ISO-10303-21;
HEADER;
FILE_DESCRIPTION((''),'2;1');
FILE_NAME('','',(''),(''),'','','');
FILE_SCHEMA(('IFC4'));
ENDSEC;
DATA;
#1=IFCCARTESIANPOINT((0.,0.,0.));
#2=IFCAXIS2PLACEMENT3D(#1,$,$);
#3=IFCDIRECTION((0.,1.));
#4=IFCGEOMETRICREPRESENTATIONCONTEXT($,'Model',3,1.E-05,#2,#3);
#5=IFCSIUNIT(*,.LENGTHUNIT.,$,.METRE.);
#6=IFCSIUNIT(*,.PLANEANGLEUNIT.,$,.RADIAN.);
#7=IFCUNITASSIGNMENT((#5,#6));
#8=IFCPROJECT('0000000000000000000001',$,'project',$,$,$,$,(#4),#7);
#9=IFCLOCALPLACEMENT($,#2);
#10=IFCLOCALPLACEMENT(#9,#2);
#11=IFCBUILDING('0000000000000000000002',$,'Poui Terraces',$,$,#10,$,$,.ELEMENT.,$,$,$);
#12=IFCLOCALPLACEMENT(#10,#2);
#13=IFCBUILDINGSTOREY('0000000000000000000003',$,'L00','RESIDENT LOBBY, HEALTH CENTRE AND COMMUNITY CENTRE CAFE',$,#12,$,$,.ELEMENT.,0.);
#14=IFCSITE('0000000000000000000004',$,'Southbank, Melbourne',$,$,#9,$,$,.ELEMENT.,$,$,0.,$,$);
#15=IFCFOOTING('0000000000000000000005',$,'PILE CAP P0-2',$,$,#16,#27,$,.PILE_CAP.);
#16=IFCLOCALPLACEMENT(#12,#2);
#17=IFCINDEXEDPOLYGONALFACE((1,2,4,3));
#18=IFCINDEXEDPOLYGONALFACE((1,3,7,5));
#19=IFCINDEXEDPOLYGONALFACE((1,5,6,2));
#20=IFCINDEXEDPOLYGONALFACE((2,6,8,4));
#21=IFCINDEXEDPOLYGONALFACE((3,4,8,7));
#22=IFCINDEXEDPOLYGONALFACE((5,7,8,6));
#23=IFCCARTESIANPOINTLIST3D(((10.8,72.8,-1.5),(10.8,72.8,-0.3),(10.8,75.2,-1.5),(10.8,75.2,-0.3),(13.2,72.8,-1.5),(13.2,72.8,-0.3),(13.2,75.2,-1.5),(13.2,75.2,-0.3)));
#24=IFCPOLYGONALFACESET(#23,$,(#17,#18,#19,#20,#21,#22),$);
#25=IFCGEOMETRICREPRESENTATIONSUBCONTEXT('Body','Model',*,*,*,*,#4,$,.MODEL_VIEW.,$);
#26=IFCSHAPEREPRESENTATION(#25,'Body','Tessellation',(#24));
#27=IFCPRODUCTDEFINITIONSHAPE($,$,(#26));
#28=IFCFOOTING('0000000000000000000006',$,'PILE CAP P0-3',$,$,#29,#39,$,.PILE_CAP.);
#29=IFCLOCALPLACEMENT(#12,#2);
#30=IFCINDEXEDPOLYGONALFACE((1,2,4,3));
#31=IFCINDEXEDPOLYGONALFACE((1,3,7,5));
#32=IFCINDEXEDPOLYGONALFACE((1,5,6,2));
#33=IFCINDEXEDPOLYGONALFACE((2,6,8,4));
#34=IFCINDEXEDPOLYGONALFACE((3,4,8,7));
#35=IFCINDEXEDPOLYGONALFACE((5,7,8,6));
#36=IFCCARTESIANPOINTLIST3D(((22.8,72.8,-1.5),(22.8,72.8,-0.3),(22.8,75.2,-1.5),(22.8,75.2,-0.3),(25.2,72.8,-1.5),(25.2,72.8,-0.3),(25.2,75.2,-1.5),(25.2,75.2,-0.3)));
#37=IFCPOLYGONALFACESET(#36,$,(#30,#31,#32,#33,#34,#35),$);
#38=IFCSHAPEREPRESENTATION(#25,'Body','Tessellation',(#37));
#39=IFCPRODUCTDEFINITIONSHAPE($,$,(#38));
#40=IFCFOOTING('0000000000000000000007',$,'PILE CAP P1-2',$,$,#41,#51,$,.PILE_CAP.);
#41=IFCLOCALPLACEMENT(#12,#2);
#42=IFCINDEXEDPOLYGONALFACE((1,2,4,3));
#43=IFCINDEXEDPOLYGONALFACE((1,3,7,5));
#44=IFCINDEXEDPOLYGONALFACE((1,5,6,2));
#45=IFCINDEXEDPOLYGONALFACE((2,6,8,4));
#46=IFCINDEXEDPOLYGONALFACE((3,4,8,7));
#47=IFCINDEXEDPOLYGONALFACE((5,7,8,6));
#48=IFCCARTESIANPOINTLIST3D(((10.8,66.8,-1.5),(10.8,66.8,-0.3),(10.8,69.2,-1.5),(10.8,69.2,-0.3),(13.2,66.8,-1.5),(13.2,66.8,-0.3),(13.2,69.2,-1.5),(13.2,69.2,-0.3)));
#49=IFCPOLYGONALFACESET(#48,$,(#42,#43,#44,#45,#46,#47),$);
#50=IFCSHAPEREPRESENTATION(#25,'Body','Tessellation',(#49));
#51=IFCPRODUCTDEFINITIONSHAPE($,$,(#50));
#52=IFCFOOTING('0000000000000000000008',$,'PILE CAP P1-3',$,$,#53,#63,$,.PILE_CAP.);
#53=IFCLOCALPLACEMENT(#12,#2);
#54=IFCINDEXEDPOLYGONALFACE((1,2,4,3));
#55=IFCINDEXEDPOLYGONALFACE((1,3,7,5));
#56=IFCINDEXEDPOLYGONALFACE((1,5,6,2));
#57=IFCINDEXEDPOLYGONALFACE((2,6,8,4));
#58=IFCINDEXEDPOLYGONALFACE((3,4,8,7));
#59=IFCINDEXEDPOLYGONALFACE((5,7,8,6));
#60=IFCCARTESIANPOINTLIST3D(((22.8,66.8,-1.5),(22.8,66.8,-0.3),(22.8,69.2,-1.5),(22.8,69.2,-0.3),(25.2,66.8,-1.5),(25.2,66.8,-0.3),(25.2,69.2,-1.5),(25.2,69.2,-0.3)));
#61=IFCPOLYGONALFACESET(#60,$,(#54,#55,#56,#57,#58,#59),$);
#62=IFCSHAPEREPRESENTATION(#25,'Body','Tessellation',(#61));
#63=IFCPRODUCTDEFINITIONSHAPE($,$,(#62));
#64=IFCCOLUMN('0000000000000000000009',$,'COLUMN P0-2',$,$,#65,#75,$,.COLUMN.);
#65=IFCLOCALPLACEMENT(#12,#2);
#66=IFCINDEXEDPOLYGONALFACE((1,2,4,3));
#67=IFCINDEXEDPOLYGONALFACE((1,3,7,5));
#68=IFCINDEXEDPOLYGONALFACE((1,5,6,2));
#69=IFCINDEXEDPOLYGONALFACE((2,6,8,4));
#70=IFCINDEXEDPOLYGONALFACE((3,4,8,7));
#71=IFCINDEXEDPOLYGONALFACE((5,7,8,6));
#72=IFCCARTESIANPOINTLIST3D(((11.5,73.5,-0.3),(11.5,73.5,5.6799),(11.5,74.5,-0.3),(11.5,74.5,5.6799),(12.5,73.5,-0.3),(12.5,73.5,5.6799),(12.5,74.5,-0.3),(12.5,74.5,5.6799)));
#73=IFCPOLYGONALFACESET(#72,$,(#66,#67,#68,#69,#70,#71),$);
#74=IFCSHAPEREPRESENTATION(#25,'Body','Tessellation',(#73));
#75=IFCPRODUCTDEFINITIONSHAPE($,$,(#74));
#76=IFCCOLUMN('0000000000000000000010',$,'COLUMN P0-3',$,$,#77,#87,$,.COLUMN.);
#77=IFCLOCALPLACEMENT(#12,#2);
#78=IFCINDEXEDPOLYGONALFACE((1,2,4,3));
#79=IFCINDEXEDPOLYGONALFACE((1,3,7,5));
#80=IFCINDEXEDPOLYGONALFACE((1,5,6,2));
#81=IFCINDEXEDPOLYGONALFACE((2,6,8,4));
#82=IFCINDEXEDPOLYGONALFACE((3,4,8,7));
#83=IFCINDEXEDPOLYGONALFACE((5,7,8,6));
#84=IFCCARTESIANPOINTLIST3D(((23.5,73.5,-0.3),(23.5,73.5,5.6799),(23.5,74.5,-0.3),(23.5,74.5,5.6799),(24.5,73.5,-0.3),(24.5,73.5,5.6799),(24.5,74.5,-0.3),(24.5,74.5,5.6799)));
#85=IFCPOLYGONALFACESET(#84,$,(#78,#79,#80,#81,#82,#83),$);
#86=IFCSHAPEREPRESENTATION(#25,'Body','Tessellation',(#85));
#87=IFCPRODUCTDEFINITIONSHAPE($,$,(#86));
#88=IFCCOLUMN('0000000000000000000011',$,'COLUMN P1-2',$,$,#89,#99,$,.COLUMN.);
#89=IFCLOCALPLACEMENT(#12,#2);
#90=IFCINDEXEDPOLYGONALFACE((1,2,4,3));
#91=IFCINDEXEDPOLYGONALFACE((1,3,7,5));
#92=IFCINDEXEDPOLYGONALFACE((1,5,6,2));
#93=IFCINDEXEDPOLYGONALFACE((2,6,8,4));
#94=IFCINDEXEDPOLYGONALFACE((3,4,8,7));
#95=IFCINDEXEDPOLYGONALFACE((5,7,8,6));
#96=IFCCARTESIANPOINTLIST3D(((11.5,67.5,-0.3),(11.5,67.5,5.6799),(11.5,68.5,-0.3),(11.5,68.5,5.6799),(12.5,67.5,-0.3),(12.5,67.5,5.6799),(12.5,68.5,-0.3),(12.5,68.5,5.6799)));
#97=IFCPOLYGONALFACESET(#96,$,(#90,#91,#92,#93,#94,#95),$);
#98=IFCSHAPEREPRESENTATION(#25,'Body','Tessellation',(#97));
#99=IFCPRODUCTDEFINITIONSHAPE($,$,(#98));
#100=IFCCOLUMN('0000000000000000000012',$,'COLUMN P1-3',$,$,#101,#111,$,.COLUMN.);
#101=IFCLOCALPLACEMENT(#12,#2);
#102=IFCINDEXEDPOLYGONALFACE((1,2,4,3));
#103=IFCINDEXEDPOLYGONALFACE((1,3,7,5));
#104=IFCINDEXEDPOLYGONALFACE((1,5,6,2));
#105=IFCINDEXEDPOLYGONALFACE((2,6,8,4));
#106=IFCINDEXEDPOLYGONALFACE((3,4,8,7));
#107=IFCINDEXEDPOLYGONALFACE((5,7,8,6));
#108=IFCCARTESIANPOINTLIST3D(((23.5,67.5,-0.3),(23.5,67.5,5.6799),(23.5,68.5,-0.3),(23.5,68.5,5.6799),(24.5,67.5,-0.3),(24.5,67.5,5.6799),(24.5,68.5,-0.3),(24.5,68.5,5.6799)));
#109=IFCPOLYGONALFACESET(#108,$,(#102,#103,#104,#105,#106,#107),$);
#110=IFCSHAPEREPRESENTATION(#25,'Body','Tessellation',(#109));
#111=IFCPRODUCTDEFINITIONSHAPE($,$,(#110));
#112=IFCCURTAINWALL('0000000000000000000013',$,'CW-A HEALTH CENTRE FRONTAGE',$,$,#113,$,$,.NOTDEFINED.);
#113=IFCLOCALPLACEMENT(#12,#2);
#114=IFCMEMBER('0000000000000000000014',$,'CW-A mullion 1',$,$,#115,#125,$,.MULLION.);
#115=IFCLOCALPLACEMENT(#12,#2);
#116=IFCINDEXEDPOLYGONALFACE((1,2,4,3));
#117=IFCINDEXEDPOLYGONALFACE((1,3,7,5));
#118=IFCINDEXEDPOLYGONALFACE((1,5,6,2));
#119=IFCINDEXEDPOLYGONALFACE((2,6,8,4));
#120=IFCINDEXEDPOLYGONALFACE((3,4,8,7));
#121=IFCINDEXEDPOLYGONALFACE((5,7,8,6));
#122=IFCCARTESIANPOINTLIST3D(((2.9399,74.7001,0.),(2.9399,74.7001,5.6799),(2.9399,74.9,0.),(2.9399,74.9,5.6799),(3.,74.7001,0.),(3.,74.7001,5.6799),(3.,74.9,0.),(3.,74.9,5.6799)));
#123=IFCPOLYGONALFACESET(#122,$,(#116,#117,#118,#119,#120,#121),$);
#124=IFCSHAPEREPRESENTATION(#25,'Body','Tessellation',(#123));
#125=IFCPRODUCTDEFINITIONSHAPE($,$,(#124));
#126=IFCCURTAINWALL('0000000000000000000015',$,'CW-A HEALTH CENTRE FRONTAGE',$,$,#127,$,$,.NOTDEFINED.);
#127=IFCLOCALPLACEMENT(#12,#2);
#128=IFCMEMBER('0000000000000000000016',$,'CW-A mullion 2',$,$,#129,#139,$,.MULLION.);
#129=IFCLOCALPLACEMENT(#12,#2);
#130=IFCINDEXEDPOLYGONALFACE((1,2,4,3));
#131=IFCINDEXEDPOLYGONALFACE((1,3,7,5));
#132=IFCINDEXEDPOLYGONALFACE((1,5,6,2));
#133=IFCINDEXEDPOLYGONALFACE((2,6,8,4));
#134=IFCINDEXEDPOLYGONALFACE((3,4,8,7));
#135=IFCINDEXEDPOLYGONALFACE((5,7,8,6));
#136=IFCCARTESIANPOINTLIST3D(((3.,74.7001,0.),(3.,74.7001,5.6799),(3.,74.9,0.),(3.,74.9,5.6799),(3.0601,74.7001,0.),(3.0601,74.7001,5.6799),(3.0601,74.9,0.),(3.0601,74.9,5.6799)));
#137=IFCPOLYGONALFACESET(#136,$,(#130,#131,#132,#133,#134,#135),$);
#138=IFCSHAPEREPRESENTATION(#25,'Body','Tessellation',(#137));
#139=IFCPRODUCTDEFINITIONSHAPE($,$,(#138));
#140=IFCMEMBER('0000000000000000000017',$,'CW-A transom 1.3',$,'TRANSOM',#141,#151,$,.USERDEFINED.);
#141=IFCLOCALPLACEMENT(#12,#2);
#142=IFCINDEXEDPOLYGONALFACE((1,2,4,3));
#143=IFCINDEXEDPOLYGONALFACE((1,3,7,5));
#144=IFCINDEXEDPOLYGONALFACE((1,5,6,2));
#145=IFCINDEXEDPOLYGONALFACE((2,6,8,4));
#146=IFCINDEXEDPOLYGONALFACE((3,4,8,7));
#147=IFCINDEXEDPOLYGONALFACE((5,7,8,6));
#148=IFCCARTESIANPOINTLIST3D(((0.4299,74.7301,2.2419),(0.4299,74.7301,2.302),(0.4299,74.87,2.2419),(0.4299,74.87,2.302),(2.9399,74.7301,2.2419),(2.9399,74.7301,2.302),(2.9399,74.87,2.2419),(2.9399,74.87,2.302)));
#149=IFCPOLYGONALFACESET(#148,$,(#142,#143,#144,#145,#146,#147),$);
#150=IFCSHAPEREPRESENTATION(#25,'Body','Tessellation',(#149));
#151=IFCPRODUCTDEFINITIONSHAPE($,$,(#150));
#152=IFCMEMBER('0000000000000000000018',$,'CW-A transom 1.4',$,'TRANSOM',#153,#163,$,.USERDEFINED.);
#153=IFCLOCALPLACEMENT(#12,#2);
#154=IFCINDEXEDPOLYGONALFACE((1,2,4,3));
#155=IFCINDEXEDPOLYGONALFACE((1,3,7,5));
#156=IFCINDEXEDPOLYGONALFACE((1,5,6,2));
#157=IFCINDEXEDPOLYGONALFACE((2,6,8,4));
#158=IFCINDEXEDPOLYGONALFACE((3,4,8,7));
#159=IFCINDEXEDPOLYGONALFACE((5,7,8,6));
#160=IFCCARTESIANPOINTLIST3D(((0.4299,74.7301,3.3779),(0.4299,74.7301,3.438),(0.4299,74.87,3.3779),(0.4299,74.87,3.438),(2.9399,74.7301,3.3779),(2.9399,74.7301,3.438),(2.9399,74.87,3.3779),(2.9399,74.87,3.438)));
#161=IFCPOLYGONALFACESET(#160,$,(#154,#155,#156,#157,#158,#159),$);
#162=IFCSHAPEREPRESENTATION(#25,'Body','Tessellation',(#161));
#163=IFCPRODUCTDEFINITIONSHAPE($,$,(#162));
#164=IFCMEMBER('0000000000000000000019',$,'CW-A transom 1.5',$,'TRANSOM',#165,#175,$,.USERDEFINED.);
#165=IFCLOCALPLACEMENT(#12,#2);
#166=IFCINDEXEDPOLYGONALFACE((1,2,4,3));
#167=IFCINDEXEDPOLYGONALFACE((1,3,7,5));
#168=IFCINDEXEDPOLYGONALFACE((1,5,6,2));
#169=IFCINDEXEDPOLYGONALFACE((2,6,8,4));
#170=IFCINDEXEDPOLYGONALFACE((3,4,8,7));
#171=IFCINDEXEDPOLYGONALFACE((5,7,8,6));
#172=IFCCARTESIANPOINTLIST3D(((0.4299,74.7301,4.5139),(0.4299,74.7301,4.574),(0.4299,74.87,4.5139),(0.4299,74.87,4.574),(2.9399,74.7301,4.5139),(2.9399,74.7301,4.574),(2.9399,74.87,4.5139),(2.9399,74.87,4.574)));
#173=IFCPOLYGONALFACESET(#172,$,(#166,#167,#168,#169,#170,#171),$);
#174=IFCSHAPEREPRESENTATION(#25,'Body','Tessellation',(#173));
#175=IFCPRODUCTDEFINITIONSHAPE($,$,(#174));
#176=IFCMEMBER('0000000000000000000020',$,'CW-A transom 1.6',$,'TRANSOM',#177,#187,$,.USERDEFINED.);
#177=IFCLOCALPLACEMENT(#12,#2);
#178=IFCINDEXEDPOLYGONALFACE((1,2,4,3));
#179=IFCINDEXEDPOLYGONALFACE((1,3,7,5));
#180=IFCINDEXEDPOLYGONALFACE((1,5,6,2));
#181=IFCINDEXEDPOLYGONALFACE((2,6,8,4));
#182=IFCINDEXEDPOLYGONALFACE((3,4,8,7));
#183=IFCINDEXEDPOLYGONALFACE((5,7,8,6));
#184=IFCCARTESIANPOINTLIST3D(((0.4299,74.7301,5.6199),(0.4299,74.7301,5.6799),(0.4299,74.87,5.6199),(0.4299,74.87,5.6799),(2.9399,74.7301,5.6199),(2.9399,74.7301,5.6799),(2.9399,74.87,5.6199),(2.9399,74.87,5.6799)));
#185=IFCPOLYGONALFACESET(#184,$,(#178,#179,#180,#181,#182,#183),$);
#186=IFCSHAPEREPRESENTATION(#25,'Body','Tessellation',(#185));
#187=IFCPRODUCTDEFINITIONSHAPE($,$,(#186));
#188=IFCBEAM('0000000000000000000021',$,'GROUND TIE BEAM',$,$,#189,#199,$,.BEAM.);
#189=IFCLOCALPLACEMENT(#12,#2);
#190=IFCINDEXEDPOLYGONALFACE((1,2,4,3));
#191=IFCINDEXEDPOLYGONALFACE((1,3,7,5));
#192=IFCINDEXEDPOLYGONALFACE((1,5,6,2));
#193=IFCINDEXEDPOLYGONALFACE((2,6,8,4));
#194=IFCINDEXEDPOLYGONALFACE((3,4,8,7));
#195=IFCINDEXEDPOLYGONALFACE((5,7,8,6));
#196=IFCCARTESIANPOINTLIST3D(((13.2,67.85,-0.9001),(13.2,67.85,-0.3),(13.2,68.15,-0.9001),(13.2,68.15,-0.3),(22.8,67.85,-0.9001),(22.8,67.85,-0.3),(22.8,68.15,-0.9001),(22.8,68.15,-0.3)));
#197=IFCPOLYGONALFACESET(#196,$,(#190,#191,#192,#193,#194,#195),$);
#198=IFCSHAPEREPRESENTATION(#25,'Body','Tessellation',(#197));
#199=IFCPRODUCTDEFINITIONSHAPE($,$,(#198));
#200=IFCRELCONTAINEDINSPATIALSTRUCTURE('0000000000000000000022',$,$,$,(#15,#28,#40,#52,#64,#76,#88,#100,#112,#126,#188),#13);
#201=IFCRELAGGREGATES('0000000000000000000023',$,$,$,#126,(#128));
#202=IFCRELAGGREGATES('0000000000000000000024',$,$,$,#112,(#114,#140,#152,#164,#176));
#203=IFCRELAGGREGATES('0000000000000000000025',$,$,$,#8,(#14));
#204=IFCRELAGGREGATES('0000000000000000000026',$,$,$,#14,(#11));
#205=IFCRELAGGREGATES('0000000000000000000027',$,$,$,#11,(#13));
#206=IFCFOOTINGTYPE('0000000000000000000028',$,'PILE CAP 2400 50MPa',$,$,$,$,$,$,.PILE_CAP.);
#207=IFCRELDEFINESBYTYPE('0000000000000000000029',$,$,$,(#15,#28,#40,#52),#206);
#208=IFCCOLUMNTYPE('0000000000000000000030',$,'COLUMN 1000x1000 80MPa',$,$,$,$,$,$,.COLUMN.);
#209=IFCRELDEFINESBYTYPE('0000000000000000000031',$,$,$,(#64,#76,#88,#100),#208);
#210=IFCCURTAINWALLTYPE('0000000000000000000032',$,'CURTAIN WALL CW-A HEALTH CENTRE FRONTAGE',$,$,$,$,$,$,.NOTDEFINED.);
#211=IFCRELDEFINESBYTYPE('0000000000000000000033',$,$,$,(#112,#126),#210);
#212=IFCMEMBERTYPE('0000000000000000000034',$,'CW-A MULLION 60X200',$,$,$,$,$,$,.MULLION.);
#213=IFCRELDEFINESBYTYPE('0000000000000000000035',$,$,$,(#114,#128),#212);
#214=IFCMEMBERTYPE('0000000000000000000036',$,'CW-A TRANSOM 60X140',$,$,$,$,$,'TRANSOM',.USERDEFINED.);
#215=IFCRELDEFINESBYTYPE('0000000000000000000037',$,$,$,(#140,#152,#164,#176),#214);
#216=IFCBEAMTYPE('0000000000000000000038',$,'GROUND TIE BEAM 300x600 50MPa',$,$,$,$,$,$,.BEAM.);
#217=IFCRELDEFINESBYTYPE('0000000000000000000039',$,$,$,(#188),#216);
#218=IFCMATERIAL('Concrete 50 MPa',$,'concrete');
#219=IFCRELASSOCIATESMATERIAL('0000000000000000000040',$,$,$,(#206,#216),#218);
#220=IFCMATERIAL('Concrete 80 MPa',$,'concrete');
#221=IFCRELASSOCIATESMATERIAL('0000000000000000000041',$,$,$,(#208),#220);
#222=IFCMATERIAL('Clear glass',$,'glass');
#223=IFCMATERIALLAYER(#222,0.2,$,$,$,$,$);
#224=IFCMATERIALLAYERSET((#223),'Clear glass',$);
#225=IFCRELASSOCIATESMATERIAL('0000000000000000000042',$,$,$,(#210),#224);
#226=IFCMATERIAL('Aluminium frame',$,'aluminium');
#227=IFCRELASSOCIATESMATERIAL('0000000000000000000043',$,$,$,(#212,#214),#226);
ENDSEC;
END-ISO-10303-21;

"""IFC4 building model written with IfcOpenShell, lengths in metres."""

from ifc_helpers import new_model, si_unit, direction, frame, origin, origin_2d, place, context, subcontext, project, spatial, rectangle, extrude, source, transform, mapped, material, layer, layer_set, material_profile, profile_set, type_object, element, aggregate, save


model = new_model("IFC4")

# Units and contexts
model_context = context("Model", 3, precision=1e-05, world=origin(), true_north=direction((0.0, 1.0)))
body_context = subcontext(model_context, "Body", "Model", "MODEL_VIEW")
ifc_project = project(units=[si_unit("LENGTHUNIT", "METRE"), si_unit("PLANEANGLEUNIT", "RADIAN")], contexts=[model_context])

# Site, building, storey
site_placement = place(None, origin())
site = spatial("IfcSite", under=ifc_project, at=site_placement, Name="Southbank, Melbourne", CompositionType="ELEMENT", RefElevation=0.0)
building_placement = place(site_placement, origin())
building = spatial("IfcBuilding", under=site, at=building_placement, Name="Poui Terraces", CompositionType="ELEMENT")
storey_placement = place(building_placement, origin())
storey = spatial("IfcBuildingStorey", under=building, at=storey_placement, Name="L00", Description="RESIDENT LOBBY, HEALTH CENTRE AND COMMUNITY CENTRE CAFE", CompositionType="ELEMENT", Elevation=0.0)

# Shared definitions
ifc_material_1 = material(Name="Concrete 50 MPa", Category="concrete")

# Footings
footing_type = type_object("IfcFootingType", Name="PILE CAP 2400 50MPa", PredefinedType="PILE_CAP", material=ifc_material_1)
shared_shape_1 = source(origin(), body_context, "Body", "SweptSolid", [
    extrude(rectangle(XDim=2.3999, YDim=2.3999, at=origin_2d()), origin(), (0.0, 0.0, 1.0), 1.2),
])
for number, where, z_axis, x_axis, name in (
    (1, (12.0, 74.0, -1.5), (0.0, 0.0, 1.0), (1.0, 0.0, 0.0), "PILE CAP P0-2"),
    (2, (24.0, 74.0, -1.5), (0.0, 0.0, 1.0), (1.0, 0.0, 0.0), "PILE CAP P0-3"),
    (3, (12.0, 68.0, -1.5), (0.0, 0.0, 1.0), (1.0, 0.0, 0.0), "PILE CAP P1-2"),
    (4, (24.0, 68.0, -1.5), (0.0, 0.0, 1.0), (1.0, 0.0, 0.0), "PILE CAP P1-3"),
):
    element("IfcFooting", number, at=place(storey_placement, frame(where, z_axis=z_axis, x_axis=x_axis)), inside=storey, type_object=footing_type, Name=name, PredefinedType="PILE_CAP", context=body_context, shape_type="MappedRepresentation", body=[
        mapped(shared_shape_1, transform((0.0, 0.0, 0.0))),
    ])

# Columns
ifc_material_2 = material(Name="Concrete 80 MPa", Category="concrete")
ifc_material_profile_1 = material_profile(ifc_material_2, rectangle(XDim=1.0, YDim=1.0, at=origin_2d()), Name="RC 1000x1000")
ifc_profile_set_1 = profile_set([ifc_material_profile_1], Name="Concrete 80 MPa")
column_type = type_object("IfcColumnType", Name="COLUMN 1000x1000 80MPa", PredefinedType="COLUMN", material=ifc_profile_set_1)
shared_shape_2 = source(origin(), body_context, "Body", "SweptSolid", [
    extrude(rectangle(XDim=1.0, YDim=1.0, at=origin_2d()), origin(), (0.0, 0.0, 1.0), 5.98),
])
for number, where, z_axis, x_axis, name in (
    (5, (12.0, 74.0, -0.3), (0.0, 0.0, 1.0), (1.0, 0.0, 0.0), "COLUMN P0-2"),
    (6, (24.0, 74.0, -0.3), (0.0, 0.0, 1.0), (1.0, 0.0, 0.0), "COLUMN P0-3"),
    (7, (12.0, 68.0, -0.3), (0.0, 0.0, 1.0), (1.0, 0.0, 0.0), "COLUMN P1-2"),
    (8, (24.0, 68.0, -0.3), (0.0, 0.0, 1.0), (1.0, 0.0, 0.0), "COLUMN P1-3"),
):
    element("IfcColumn", number, at=place(storey_placement, frame(where, z_axis=z_axis, x_axis=x_axis)), inside=storey, type_object=column_type, Name=name, PredefinedType="COLUMN", context=body_context, shape_type="MappedRepresentation", body=[
        mapped(shared_shape_2, transform((0.0, 0.0, 0.0))),
    ])

# Curtain walls, members
ifc_material_3 = material(Name="Clear glass", Category="glass")
ifc_layer = layer(ifc_material_3, 0.2)
ifc_layer_set = layer_set([ifc_layer], Name="Clear glass")
curtain_wall_type = type_object("IfcCurtainWallType", Name="CURTAIN WALL CW-A HEALTH CENTRE FRONTAGE", PredefinedType="NOTDEFINED", material=ifc_layer_set)
curtain_wall_1_placement = place(storey_placement, origin())
curtain_wall_1 = element("IfcCurtainWall", 9, at=curtain_wall_1_placement, inside=storey, type_object=curtain_wall_type, Name="CW-A HEALTH CENTRE FRONTAGE", PredefinedType="NOTDEFINED")
ifc_material_4 = material(Name="Aluminium frame", Category="aluminium")
ifc_material_profile_2 = material_profile(ifc_material_4, rectangle(XDim=0.2, YDim=0.0601, at=origin_2d()), Name="CW-A MULLION 60X200")
ifc_profile_set_2 = profile_set([ifc_material_profile_2], Name="Aluminium frame")
member_type_1 = type_object("IfcMemberType", Name="CW-A MULLION 60X200", PredefinedType="MULLION", material=ifc_profile_set_2)
member_1_placement = place(storey_placement, frame((2.97, 74.8, 0.0), z_axis=(0.0, 0.0, 1.0), x_axis=(0.0, -1.0, 0.0)))
member_1 = element("IfcMember", 10, at=member_1_placement, type_object=member_type_1, Name="CW-A mullion 1", PredefinedType="MULLION", context=body_context, shape_type="SweptSolid", body=[
    extrude(rectangle(XDim=0.2, YDim=0.0601, at=origin_2d()), origin(), (0.0, 0.0, 1.0), 5.6799),
])
curtain_wall_2_placement = place(storey_placement, origin())
curtain_wall_2 = element("IfcCurtainWall", 11, at=curtain_wall_2_placement, inside=storey, type_object=curtain_wall_type, Name="CW-A HEALTH CENTRE FRONTAGE", PredefinedType="NOTDEFINED")
member_2_placement = place(storey_placement, frame((3.03, 74.8, 0.0), z_axis=(0.0, 0.0, 1.0), x_axis=(0.0, -1.0, 0.0)))
member_2 = element("IfcMember", 12, at=member_2_placement, type_object=member_type_1, Name="CW-A mullion 2", PredefinedType="MULLION", context=body_context, shape_type="SweptSolid", body=[
    extrude(rectangle(XDim=0.2, YDim=0.0601, at=origin_2d()), origin(), (0.0, 0.0, 1.0), 5.6799),
])
aggregate(curtain_wall_2, [member_2])

# Members
ifc_material_profile_3 = material_profile(ifc_material_4, rectangle(XDim=0.1399, YDim=0.0601, at=origin_2d()), Name="CW-A TRANSOM 60X140")
ifc_profile_set_3 = profile_set([ifc_material_profile_3], Name="Aluminium frame")
member_type_2 = type_object("IfcMemberType", Name="CW-A TRANSOM 60X140", ElementType="TRANSOM", PredefinedType="USERDEFINED", material=ifc_profile_set_3)
member_3_placement = place(storey_placement, frame((2.9399, 74.8, 2.272), z_axis=(-1.0, 0.0, 0.0), x_axis=(0.0, -1.0, 0.0)))
member_3 = element("IfcMember", 13, at=member_3_placement, type_object=member_type_2, Name="CW-A transom 1.3", ObjectType="TRANSOM", PredefinedType="USERDEFINED", context=body_context, shape_type="SweptSolid", body=[
    extrude(rectangle(XDim=0.1399, YDim=0.0601, at=origin_2d()), origin(), (0.0, 0.0, 1.0), 2.51),
])
member_4_placement = place(storey_placement, frame((2.9399, 74.8, 3.408), z_axis=(-1.0, 0.0, 0.0), x_axis=(0.0, -1.0, 0.0)))
member_4 = element("IfcMember", 14, at=member_4_placement, type_object=member_type_2, Name="CW-A transom 1.4", ObjectType="TRANSOM", PredefinedType="USERDEFINED", context=body_context, shape_type="SweptSolid", body=[
    extrude(rectangle(XDim=0.1399, YDim=0.0601, at=origin_2d()), origin(), (0.0, 0.0, 1.0), 2.51),
])
member_5_placement = place(storey_placement, frame((2.9399, 74.8, 4.5439), z_axis=(-1.0, 0.0, 0.0), x_axis=(0.0, -1.0, 0.0)))
member_5 = element("IfcMember", 15, at=member_5_placement, type_object=member_type_2, Name="CW-A transom 1.5", ObjectType="TRANSOM", PredefinedType="USERDEFINED", context=body_context, shape_type="SweptSolid", body=[
    extrude(rectangle(XDim=0.1399, YDim=0.0601, at=origin_2d()), origin(), (0.0, 0.0, 1.0), 2.51),
])
member_6_placement = place(storey_placement, frame((2.9399, 74.8, 5.6499), z_axis=(-1.0, 0.0, 0.0), x_axis=(0.0, -1.0, 0.0)))
member_6 = element("IfcMember", 16, at=member_6_placement, type_object=member_type_2, Name="CW-A transom 1.6", ObjectType="TRANSOM", PredefinedType="USERDEFINED", context=body_context, shape_type="SweptSolid", body=[
    extrude(rectangle(XDim=0.1399, YDim=0.0601, at=origin_2d()), origin(), (0.0, 0.0, 1.0), 2.51),
])
aggregate(curtain_wall_1, [member_1, member_3, member_4, member_5, member_6])

# Beam
ifc_material_profile_4 = material_profile(ifc_material_1, rectangle(XDim=0.3, YDim=0.6001, at=origin_2d()), Name="RC 300x600")
ifc_profile_set_4 = profile_set([ifc_material_profile_4], Name="Concrete 50 MPa")
beam_type_1 = type_object("IfcBeamType", Name="GROUND TIE BEAM 300x600 50MPa", PredefinedType="BEAM", material=ifc_profile_set_4)
shared_shape_3 = source(origin(), body_context, "Body", "SweptSolid", [
    extrude(rectangle(XDim=0.3, YDim=0.6001, at=origin_2d()), origin(), (0.0, 0.0, 1.0), 9.6001),
])
for number, where, z_axis, x_axis, name in (
    (17, (13.2, 68.0, -0.6001), (1.0, 0.0, 0.0), (0.0, 1.0, 0.0), "GROUND TIE BEAM"),
):
    element("IfcBeam", number, at=place(storey_placement, frame(where, z_axis=z_axis, x_axis=x_axis)), inside=storey, type_object=beam_type_1, Name=name, PredefinedType="BEAM", context=body_context, shape_type="MappedRepresentation", body=[
        mapped(shared_shape_3, transform((0.0, 0.0, 0.0))),
    ])

save(model, "model.ifc")
